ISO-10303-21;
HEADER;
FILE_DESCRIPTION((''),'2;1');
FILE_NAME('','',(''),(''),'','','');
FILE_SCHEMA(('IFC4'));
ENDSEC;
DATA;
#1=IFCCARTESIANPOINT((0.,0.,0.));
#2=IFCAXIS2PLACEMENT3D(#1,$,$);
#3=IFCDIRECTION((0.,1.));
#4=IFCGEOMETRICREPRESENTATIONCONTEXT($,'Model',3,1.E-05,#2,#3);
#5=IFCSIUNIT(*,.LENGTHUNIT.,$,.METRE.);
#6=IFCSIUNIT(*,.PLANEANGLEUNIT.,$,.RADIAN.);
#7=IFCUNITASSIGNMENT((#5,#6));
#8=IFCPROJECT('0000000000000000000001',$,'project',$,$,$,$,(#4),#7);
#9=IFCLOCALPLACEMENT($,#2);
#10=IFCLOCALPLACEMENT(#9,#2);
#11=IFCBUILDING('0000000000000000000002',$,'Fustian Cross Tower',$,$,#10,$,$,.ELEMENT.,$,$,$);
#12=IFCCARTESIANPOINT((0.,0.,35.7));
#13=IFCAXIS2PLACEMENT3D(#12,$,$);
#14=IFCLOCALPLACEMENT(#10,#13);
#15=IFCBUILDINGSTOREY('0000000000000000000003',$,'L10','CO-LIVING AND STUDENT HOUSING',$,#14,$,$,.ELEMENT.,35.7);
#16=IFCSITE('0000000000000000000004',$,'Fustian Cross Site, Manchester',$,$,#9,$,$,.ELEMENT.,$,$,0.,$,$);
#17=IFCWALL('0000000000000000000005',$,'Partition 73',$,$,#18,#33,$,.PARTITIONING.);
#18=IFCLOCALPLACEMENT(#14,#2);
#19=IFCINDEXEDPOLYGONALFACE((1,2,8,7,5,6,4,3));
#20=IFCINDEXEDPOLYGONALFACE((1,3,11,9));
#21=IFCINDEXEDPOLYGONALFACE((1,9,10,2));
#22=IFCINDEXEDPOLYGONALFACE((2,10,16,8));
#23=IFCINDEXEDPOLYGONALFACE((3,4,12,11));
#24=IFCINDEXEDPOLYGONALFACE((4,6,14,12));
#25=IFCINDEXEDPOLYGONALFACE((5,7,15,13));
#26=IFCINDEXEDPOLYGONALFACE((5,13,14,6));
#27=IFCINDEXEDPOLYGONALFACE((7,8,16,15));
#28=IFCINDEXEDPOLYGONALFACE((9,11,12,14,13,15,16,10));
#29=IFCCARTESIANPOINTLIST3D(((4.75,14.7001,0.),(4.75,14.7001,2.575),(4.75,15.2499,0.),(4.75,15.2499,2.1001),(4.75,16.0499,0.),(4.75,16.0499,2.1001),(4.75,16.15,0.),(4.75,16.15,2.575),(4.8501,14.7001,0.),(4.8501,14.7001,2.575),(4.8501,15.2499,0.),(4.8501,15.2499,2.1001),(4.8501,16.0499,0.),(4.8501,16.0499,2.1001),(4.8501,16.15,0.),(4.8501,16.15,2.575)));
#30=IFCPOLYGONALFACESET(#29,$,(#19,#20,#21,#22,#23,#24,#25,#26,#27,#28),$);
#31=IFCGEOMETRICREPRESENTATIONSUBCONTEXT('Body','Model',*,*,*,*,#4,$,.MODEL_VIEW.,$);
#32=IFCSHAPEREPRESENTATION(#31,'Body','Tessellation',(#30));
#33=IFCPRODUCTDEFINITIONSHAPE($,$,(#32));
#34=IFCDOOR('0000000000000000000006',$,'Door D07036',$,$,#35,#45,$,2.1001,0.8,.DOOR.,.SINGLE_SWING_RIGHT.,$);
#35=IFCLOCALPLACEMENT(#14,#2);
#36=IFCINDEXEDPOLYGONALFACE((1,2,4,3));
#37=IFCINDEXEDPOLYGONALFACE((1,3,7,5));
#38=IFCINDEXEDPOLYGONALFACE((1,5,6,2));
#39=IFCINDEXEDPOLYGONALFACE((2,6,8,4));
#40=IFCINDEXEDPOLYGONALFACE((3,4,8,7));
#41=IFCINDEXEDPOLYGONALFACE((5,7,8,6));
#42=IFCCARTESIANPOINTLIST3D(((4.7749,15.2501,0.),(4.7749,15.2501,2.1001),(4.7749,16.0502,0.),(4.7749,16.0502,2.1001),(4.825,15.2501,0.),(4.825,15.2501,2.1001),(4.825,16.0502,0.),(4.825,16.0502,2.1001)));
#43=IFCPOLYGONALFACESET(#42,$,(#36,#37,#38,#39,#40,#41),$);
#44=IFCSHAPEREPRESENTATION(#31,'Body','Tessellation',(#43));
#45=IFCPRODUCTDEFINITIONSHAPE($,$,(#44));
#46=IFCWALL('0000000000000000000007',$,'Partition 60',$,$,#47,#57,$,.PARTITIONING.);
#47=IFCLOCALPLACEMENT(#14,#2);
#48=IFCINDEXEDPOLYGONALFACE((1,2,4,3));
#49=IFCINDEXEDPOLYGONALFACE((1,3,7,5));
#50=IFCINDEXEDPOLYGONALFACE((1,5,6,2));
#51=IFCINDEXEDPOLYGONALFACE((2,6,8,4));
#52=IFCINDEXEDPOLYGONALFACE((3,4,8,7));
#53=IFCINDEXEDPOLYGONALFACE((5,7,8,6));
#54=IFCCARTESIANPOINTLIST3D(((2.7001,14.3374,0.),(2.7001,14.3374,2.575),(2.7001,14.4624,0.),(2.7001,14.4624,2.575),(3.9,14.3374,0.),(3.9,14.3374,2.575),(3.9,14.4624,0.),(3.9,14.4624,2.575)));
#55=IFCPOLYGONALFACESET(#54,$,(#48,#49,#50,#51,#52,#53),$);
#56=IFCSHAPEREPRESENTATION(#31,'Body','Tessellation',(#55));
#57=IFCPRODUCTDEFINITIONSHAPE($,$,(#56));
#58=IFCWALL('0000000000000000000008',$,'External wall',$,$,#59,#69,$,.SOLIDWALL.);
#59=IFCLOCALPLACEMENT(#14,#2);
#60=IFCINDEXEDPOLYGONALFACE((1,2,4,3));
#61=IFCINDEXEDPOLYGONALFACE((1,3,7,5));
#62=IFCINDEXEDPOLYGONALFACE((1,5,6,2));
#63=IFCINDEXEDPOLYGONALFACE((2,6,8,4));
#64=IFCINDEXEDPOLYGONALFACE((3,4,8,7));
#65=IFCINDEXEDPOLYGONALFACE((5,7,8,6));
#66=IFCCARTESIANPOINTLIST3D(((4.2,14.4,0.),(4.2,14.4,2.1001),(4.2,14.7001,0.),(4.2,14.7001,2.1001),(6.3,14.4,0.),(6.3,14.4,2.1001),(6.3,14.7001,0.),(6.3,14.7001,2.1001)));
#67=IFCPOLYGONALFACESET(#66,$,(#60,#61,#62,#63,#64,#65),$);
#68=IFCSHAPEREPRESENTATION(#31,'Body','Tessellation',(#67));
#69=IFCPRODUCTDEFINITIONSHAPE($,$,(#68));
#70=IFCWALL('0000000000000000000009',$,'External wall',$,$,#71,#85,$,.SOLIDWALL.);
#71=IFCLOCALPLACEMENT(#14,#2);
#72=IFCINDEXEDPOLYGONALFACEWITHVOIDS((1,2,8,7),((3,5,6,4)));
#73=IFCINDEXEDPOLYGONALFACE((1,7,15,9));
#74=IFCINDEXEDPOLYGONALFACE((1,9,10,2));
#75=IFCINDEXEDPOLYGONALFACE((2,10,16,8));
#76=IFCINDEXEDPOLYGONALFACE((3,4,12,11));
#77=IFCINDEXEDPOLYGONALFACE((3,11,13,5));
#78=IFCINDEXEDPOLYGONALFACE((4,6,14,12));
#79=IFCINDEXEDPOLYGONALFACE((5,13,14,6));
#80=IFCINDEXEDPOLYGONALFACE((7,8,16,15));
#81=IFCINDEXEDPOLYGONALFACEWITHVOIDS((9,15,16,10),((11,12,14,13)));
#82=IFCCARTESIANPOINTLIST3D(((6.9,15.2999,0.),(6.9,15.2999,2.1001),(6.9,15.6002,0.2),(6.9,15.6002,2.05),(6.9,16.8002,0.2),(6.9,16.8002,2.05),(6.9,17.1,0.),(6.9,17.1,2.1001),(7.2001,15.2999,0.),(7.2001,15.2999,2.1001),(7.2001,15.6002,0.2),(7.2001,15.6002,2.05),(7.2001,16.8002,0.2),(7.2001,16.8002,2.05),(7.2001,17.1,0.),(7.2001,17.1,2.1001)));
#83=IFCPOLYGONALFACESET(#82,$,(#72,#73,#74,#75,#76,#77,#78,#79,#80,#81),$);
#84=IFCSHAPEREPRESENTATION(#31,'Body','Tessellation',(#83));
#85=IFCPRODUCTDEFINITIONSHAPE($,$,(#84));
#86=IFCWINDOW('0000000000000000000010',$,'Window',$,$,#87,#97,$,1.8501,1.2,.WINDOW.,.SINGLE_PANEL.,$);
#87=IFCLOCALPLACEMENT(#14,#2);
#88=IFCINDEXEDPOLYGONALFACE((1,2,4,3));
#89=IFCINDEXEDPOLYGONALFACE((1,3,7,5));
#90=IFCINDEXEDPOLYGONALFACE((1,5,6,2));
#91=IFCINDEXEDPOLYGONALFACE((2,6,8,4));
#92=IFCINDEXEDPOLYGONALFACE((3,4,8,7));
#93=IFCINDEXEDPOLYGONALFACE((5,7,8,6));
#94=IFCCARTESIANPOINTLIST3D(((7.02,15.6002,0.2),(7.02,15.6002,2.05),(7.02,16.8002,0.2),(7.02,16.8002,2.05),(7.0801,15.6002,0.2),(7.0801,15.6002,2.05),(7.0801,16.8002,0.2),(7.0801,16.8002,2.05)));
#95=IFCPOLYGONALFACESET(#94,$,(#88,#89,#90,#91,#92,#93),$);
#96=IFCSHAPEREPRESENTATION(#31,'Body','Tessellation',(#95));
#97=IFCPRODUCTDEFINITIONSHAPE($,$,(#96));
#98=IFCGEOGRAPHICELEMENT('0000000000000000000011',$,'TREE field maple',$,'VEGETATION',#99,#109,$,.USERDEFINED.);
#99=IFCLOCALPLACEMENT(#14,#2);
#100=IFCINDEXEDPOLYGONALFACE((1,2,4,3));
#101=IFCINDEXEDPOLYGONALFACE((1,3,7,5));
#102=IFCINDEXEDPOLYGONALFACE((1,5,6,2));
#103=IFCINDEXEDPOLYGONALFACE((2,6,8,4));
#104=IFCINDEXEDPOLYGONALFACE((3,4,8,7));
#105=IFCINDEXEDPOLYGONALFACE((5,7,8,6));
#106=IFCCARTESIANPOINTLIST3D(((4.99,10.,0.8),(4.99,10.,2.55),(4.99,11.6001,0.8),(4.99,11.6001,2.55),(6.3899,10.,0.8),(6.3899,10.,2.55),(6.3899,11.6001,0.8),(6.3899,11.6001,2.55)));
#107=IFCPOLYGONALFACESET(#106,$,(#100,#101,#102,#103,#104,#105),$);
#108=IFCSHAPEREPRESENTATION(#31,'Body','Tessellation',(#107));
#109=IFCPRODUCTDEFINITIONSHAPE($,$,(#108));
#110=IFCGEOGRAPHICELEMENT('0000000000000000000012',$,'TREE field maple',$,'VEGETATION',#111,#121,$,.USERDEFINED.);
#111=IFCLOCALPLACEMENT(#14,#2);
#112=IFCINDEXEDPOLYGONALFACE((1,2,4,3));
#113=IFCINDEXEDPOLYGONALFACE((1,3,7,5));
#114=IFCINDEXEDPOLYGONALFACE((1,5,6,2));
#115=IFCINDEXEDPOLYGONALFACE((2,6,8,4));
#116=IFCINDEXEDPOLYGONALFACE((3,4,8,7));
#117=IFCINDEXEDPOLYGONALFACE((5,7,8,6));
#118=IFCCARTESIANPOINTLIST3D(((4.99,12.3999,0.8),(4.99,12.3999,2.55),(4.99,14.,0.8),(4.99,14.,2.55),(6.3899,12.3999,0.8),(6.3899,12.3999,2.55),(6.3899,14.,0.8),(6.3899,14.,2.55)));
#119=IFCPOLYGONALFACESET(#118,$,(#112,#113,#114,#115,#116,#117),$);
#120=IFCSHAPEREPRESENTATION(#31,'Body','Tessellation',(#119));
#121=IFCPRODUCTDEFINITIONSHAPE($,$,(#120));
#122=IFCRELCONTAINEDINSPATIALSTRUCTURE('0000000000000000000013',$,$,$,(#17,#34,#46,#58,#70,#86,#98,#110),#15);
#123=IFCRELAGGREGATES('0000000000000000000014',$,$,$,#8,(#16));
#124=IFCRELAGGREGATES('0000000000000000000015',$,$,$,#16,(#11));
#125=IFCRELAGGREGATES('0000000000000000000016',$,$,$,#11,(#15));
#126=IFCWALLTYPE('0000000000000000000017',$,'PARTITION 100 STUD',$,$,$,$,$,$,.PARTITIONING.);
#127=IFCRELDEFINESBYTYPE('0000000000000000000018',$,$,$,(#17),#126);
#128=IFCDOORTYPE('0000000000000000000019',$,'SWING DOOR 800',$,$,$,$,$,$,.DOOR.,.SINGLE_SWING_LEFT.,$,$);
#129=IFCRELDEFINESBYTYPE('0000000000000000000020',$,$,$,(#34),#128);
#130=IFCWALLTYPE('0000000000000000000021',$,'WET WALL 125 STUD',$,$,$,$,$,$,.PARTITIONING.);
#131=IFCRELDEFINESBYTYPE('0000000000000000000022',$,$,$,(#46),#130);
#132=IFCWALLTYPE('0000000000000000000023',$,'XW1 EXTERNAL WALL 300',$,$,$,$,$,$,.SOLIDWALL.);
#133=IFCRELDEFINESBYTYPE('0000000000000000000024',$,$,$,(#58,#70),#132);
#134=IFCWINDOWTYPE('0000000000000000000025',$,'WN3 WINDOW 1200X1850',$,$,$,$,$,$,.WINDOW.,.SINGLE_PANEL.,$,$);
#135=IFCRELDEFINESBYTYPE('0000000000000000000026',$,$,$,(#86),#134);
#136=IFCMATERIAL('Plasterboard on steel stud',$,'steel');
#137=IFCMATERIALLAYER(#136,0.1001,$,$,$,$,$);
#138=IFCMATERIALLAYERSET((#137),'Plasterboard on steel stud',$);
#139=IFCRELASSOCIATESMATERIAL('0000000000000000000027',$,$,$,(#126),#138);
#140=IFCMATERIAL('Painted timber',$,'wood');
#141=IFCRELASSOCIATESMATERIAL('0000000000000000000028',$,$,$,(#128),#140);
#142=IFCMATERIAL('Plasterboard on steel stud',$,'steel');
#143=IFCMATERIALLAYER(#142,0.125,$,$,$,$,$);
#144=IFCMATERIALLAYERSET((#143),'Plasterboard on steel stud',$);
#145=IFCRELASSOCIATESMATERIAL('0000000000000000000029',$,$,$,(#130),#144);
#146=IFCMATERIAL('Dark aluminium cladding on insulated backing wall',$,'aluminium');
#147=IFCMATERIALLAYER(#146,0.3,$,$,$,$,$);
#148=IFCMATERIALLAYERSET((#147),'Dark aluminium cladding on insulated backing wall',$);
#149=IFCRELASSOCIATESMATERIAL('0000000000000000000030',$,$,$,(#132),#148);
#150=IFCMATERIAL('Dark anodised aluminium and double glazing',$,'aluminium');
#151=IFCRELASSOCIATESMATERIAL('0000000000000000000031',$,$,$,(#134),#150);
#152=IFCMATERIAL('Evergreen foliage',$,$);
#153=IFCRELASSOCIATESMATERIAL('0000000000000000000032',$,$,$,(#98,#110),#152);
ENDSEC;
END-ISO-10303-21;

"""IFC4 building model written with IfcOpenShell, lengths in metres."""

from ifc_helpers import new_model, si_unit, direction, frame, frame_2d, origin, origin_2d, place, context, subcontext, project, spatial, rectangle, extrude, material, layer, layer_set, type_object, element, fill, save


model = new_model("IFC4")

# Units and contexts
model_context = context("Model", 3, precision=1e-05, world=origin(), true_north=direction((0.0, 1.0)))
body_context = subcontext(model_context, "Body", "Model", "MODEL_VIEW")
ifc_project = project(units=[si_unit("LENGTHUNIT", "METRE"), si_unit("PLANEANGLEUNIT", "RADIAN")], contexts=[model_context])

# Site, building, storey
site_placement = place(None, origin())
site = spatial("IfcSite", under=ifc_project, at=site_placement, Name="Fustian Cross Site, Manchester", CompositionType="ELEMENT", RefElevation=0.0)
building_placement = place(site_placement, origin())
building = spatial("IfcBuilding", under=site, at=building_placement, Name="Fustian Cross Tower", CompositionType="ELEMENT")
storey_placement = place(building_placement, frame((0.0, 0.0, 35.7)))
storey = spatial("IfcBuildingStorey", under=building, at=storey_placement, Name="L10", Description="CO-LIVING AND STUDENT HOUSING", CompositionType="ELEMENT", Elevation=35.7)

# Shared definitions
ifc_material_1 = material(Name="Plasterboard on steel stud", Category="steel")
ifc_layer_1 = layer(ifc_material_1, 0.1001)
ifc_layer_set_1 = layer_set([ifc_layer_1], Name="Plasterboard on steel stud")
wall_type_1 = type_object("IfcWallType", Name="PARTITION 100 STUD", PredefinedType="PARTITIONING", material=ifc_layer_set_1)

# Wall, opening, door
wall_1_placement = place(storey_placement, frame((4.8, 14.7, 0.0), z_axis=(0.0, 0.0, 1.0), x_axis=(0.0, 1.0, 0.0)))
wall_1 = element("IfcWall", 1, at=wall_1_placement, inside=storey, type_object=wall_type_1, Name="Partition 73", PredefinedType="PARTITIONING", context=body_context, shape_type="SweptSolid", body=[
    extrude(rectangle(XDim=1.45, YDim=0.1001, at=frame_2d((0.7251, 0.0))), origin(), (0.0, 0.0, 1.0), 2.575),
])
opening_1_placement = place(wall_1_placement, frame((0.55, 0.0, 0.0)))
opening_1 = element("IfcOpeningElement", 2, at=opening_1_placement, cuts=wall_1, PredefinedType="OPENING", context=body_context, shape_type="SweptSolid", body=[
    extrude(rectangle(XDim=0.8, YDim=2.1001, at=frame_2d((0.3999, 1.05))), frame((0.0, 0.0601, 0.0), z_axis=(0.0, -1.0, 0.0), x_axis=(1.0, 0.0, 0.0)), (0.0, 0.0, 1.0), 0.1201),
])
ifc_material_2 = material(Name="Painted timber", Category="wood")
door_type_1 = type_object("IfcDoorType", Name="SWING DOOR 800", OperationType="SINGLE_SWING_LEFT", PredefinedType="DOOR", material=ifc_material_2)
door_1_placement = place(opening_1_placement, frame((0.8, 0.0, 0.0), z_axis=(0.0, 0.0, 1.0), x_axis=(-1.0, 0.0, 0.0)))
door_1 = element("IfcDoor", 3, at=door_1_placement, inside=storey, type_object=door_type_1, Name="Door D07036", OperationType="SINGLE_SWING_RIGHT", OverallHeight=2.1001, OverallWidth=0.8, PredefinedType="DOOR", context=body_context, shape_type="SweptSolid", body=[
    extrude(rectangle(XDim=0.8, YDim=2.1001, at=frame_2d((0.3999, 1.05))), frame((0.0, 0.0249, 0.0), z_axis=(0.0, -1.0, 0.0), x_axis=(1.0, 0.0, 0.0)), (0.0, 0.0, 1.0), 0.05),
])
fill(opening_1, door_1)

# Walls
ifc_material_3 = material(Name="Plasterboard on steel stud", Category="steel")
ifc_layer_2 = layer(ifc_material_3, 0.125)
ifc_layer_set_2 = layer_set([ifc_layer_2], Name="Plasterboard on steel stud")
wall_type_2 = type_object("IfcWallType", Name="WET WALL 125 STUD", PredefinedType="PARTITIONING", material=ifc_layer_set_2)
wall_2_placement = place(storey_placement, frame((2.7, 14.3999, 0.0), z_axis=(0.0, 0.0, 1.0), x_axis=(1.0, 0.0, 0.0)))
element("IfcWall", 4, at=wall_2_placement, inside=storey, type_object=wall_type_2, Name="Partition 60", PredefinedType="PARTITIONING", context=body_context, shape_type="SweptSolid", body=[
    extrude(rectangle(XDim=1.2, YDim=0.125, at=frame_2d((0.6001, 0.0))), origin(), (0.0, 0.0, 1.0), 2.575),
])
ifc_material_4 = material(Name="Dark aluminium cladding on insulated backing wall", Category="aluminium")
ifc_layer_3 = layer(ifc_material_4, 0.3)
ifc_layer_set_3 = layer_set([ifc_layer_3], Name="Dark aluminium cladding on insulated backing wall")
wall_type_3 = type_object("IfcWallType", Name="XW1 EXTERNAL WALL 300", PredefinedType="SOLIDWALL", material=ifc_layer_set_3)
wall_3_placement = place(storey_placement, frame((4.2, 14.55, 0.0), z_axis=(0.0, 0.0, 1.0), x_axis=(1.0, 0.0, 0.0)))
element("IfcWall", 5, at=wall_3_placement, inside=storey, type_object=wall_type_3, Name="External wall", PredefinedType="SOLIDWALL", context=body_context, shape_type="SweptSolid", body=[
    extrude(rectangle(XDim=2.1001, YDim=0.3, at=frame_2d((1.05, 0.0))), origin(), (0.0, 0.0, 1.0), 2.1001),
])

# Wall, opening, window
wall_4_placement = place(storey_placement, frame((7.05, 15.3, 0.0), z_axis=(0.0, 0.0, 1.0), x_axis=(0.0, 1.0, 0.0)))
wall_4 = element("IfcWall", 6, at=wall_4_placement, inside=storey, type_object=wall_type_3, Name="External wall", PredefinedType="SOLIDWALL", context=body_context, shape_type="SweptSolid", body=[
    extrude(rectangle(XDim=1.8, YDim=0.3, at=frame_2d((0.8999, 0.0))), origin(), (0.0, 0.0, 1.0), 2.1001),
])
opening_2_placement = place(wall_4_placement, frame((0.3, 0.0, 0.2)))
opening_2 = element("IfcOpeningElement", 7, at=opening_2_placement, cuts=wall_4, PredefinedType="OPENING", context=body_context, shape_type="SweptSolid", body=[
    extrude(rectangle(XDim=1.2, YDim=1.8501, at=frame_2d((0.6001, 0.925))), frame((0.0, 0.1599, 0.0), z_axis=(0.0, -1.0, 0.0), x_axis=(1.0, 0.0, 0.0)), (0.0, 0.0, 1.0), 0.3201),
])
ifc_material_5 = material(Name="Dark anodised aluminium and double glazing", Category="aluminium")
window_type = type_object("IfcWindowType", Name="WN3 WINDOW 1200X1850", PartitioningType="SINGLE_PANEL", PredefinedType="WINDOW", material=ifc_material_5)
window_placement = place(opening_2_placement, origin())
window = element("IfcWindow", 8, at=window_placement, inside=storey, type_object=window_type, Name="Window", OverallHeight=1.8501, OverallWidth=1.2, PartitioningType="SINGLE_PANEL", PredefinedType="WINDOW", context=body_context, shape_type="SweptSolid", body=[
    extrude(rectangle(XDim=1.2, YDim=1.8501, at=frame_2d((0.6001, 0.925))), frame((0.0, 0.03, 0.0), z_axis=(0.0, -1.0, 0.0), x_axis=(1.0, 0.0, 0.0)), (0.0, 0.0, 1.0), 0.0601),
])
fill(opening_2, window)

# Geographic elements
ifc_material_6 = material(Name="Evergreen foliage")
for number, where, z_axis, x_axis, name in (
    (9, (5.6899, 10.8, 0.8), (0.0, 0.0, 1.0), (1.0, 0.0, 0.0), "TREE field maple"),
    (10, (5.6899, 13.2, 0.8), (0.0, 0.0, 1.0), (1.0, 0.0, 0.0), "TREE field maple"),
):
    element("IfcGeographicElement", number, at=place(storey_placement, frame(where, z_axis=z_axis, x_axis=x_axis)), inside=storey, material=ifc_material_6, Name=name, ObjectType="VEGETATION", PredefinedType="USERDEFINED", context=body_context, shape_type="SweptSolid", body=[
        extrude(rectangle(XDim=1.3999, YDim=1.6001, at=origin_2d()), origin(), (0.0, 0.0, 1.0), 1.75),
    ])

save(model, "model.ifc")
